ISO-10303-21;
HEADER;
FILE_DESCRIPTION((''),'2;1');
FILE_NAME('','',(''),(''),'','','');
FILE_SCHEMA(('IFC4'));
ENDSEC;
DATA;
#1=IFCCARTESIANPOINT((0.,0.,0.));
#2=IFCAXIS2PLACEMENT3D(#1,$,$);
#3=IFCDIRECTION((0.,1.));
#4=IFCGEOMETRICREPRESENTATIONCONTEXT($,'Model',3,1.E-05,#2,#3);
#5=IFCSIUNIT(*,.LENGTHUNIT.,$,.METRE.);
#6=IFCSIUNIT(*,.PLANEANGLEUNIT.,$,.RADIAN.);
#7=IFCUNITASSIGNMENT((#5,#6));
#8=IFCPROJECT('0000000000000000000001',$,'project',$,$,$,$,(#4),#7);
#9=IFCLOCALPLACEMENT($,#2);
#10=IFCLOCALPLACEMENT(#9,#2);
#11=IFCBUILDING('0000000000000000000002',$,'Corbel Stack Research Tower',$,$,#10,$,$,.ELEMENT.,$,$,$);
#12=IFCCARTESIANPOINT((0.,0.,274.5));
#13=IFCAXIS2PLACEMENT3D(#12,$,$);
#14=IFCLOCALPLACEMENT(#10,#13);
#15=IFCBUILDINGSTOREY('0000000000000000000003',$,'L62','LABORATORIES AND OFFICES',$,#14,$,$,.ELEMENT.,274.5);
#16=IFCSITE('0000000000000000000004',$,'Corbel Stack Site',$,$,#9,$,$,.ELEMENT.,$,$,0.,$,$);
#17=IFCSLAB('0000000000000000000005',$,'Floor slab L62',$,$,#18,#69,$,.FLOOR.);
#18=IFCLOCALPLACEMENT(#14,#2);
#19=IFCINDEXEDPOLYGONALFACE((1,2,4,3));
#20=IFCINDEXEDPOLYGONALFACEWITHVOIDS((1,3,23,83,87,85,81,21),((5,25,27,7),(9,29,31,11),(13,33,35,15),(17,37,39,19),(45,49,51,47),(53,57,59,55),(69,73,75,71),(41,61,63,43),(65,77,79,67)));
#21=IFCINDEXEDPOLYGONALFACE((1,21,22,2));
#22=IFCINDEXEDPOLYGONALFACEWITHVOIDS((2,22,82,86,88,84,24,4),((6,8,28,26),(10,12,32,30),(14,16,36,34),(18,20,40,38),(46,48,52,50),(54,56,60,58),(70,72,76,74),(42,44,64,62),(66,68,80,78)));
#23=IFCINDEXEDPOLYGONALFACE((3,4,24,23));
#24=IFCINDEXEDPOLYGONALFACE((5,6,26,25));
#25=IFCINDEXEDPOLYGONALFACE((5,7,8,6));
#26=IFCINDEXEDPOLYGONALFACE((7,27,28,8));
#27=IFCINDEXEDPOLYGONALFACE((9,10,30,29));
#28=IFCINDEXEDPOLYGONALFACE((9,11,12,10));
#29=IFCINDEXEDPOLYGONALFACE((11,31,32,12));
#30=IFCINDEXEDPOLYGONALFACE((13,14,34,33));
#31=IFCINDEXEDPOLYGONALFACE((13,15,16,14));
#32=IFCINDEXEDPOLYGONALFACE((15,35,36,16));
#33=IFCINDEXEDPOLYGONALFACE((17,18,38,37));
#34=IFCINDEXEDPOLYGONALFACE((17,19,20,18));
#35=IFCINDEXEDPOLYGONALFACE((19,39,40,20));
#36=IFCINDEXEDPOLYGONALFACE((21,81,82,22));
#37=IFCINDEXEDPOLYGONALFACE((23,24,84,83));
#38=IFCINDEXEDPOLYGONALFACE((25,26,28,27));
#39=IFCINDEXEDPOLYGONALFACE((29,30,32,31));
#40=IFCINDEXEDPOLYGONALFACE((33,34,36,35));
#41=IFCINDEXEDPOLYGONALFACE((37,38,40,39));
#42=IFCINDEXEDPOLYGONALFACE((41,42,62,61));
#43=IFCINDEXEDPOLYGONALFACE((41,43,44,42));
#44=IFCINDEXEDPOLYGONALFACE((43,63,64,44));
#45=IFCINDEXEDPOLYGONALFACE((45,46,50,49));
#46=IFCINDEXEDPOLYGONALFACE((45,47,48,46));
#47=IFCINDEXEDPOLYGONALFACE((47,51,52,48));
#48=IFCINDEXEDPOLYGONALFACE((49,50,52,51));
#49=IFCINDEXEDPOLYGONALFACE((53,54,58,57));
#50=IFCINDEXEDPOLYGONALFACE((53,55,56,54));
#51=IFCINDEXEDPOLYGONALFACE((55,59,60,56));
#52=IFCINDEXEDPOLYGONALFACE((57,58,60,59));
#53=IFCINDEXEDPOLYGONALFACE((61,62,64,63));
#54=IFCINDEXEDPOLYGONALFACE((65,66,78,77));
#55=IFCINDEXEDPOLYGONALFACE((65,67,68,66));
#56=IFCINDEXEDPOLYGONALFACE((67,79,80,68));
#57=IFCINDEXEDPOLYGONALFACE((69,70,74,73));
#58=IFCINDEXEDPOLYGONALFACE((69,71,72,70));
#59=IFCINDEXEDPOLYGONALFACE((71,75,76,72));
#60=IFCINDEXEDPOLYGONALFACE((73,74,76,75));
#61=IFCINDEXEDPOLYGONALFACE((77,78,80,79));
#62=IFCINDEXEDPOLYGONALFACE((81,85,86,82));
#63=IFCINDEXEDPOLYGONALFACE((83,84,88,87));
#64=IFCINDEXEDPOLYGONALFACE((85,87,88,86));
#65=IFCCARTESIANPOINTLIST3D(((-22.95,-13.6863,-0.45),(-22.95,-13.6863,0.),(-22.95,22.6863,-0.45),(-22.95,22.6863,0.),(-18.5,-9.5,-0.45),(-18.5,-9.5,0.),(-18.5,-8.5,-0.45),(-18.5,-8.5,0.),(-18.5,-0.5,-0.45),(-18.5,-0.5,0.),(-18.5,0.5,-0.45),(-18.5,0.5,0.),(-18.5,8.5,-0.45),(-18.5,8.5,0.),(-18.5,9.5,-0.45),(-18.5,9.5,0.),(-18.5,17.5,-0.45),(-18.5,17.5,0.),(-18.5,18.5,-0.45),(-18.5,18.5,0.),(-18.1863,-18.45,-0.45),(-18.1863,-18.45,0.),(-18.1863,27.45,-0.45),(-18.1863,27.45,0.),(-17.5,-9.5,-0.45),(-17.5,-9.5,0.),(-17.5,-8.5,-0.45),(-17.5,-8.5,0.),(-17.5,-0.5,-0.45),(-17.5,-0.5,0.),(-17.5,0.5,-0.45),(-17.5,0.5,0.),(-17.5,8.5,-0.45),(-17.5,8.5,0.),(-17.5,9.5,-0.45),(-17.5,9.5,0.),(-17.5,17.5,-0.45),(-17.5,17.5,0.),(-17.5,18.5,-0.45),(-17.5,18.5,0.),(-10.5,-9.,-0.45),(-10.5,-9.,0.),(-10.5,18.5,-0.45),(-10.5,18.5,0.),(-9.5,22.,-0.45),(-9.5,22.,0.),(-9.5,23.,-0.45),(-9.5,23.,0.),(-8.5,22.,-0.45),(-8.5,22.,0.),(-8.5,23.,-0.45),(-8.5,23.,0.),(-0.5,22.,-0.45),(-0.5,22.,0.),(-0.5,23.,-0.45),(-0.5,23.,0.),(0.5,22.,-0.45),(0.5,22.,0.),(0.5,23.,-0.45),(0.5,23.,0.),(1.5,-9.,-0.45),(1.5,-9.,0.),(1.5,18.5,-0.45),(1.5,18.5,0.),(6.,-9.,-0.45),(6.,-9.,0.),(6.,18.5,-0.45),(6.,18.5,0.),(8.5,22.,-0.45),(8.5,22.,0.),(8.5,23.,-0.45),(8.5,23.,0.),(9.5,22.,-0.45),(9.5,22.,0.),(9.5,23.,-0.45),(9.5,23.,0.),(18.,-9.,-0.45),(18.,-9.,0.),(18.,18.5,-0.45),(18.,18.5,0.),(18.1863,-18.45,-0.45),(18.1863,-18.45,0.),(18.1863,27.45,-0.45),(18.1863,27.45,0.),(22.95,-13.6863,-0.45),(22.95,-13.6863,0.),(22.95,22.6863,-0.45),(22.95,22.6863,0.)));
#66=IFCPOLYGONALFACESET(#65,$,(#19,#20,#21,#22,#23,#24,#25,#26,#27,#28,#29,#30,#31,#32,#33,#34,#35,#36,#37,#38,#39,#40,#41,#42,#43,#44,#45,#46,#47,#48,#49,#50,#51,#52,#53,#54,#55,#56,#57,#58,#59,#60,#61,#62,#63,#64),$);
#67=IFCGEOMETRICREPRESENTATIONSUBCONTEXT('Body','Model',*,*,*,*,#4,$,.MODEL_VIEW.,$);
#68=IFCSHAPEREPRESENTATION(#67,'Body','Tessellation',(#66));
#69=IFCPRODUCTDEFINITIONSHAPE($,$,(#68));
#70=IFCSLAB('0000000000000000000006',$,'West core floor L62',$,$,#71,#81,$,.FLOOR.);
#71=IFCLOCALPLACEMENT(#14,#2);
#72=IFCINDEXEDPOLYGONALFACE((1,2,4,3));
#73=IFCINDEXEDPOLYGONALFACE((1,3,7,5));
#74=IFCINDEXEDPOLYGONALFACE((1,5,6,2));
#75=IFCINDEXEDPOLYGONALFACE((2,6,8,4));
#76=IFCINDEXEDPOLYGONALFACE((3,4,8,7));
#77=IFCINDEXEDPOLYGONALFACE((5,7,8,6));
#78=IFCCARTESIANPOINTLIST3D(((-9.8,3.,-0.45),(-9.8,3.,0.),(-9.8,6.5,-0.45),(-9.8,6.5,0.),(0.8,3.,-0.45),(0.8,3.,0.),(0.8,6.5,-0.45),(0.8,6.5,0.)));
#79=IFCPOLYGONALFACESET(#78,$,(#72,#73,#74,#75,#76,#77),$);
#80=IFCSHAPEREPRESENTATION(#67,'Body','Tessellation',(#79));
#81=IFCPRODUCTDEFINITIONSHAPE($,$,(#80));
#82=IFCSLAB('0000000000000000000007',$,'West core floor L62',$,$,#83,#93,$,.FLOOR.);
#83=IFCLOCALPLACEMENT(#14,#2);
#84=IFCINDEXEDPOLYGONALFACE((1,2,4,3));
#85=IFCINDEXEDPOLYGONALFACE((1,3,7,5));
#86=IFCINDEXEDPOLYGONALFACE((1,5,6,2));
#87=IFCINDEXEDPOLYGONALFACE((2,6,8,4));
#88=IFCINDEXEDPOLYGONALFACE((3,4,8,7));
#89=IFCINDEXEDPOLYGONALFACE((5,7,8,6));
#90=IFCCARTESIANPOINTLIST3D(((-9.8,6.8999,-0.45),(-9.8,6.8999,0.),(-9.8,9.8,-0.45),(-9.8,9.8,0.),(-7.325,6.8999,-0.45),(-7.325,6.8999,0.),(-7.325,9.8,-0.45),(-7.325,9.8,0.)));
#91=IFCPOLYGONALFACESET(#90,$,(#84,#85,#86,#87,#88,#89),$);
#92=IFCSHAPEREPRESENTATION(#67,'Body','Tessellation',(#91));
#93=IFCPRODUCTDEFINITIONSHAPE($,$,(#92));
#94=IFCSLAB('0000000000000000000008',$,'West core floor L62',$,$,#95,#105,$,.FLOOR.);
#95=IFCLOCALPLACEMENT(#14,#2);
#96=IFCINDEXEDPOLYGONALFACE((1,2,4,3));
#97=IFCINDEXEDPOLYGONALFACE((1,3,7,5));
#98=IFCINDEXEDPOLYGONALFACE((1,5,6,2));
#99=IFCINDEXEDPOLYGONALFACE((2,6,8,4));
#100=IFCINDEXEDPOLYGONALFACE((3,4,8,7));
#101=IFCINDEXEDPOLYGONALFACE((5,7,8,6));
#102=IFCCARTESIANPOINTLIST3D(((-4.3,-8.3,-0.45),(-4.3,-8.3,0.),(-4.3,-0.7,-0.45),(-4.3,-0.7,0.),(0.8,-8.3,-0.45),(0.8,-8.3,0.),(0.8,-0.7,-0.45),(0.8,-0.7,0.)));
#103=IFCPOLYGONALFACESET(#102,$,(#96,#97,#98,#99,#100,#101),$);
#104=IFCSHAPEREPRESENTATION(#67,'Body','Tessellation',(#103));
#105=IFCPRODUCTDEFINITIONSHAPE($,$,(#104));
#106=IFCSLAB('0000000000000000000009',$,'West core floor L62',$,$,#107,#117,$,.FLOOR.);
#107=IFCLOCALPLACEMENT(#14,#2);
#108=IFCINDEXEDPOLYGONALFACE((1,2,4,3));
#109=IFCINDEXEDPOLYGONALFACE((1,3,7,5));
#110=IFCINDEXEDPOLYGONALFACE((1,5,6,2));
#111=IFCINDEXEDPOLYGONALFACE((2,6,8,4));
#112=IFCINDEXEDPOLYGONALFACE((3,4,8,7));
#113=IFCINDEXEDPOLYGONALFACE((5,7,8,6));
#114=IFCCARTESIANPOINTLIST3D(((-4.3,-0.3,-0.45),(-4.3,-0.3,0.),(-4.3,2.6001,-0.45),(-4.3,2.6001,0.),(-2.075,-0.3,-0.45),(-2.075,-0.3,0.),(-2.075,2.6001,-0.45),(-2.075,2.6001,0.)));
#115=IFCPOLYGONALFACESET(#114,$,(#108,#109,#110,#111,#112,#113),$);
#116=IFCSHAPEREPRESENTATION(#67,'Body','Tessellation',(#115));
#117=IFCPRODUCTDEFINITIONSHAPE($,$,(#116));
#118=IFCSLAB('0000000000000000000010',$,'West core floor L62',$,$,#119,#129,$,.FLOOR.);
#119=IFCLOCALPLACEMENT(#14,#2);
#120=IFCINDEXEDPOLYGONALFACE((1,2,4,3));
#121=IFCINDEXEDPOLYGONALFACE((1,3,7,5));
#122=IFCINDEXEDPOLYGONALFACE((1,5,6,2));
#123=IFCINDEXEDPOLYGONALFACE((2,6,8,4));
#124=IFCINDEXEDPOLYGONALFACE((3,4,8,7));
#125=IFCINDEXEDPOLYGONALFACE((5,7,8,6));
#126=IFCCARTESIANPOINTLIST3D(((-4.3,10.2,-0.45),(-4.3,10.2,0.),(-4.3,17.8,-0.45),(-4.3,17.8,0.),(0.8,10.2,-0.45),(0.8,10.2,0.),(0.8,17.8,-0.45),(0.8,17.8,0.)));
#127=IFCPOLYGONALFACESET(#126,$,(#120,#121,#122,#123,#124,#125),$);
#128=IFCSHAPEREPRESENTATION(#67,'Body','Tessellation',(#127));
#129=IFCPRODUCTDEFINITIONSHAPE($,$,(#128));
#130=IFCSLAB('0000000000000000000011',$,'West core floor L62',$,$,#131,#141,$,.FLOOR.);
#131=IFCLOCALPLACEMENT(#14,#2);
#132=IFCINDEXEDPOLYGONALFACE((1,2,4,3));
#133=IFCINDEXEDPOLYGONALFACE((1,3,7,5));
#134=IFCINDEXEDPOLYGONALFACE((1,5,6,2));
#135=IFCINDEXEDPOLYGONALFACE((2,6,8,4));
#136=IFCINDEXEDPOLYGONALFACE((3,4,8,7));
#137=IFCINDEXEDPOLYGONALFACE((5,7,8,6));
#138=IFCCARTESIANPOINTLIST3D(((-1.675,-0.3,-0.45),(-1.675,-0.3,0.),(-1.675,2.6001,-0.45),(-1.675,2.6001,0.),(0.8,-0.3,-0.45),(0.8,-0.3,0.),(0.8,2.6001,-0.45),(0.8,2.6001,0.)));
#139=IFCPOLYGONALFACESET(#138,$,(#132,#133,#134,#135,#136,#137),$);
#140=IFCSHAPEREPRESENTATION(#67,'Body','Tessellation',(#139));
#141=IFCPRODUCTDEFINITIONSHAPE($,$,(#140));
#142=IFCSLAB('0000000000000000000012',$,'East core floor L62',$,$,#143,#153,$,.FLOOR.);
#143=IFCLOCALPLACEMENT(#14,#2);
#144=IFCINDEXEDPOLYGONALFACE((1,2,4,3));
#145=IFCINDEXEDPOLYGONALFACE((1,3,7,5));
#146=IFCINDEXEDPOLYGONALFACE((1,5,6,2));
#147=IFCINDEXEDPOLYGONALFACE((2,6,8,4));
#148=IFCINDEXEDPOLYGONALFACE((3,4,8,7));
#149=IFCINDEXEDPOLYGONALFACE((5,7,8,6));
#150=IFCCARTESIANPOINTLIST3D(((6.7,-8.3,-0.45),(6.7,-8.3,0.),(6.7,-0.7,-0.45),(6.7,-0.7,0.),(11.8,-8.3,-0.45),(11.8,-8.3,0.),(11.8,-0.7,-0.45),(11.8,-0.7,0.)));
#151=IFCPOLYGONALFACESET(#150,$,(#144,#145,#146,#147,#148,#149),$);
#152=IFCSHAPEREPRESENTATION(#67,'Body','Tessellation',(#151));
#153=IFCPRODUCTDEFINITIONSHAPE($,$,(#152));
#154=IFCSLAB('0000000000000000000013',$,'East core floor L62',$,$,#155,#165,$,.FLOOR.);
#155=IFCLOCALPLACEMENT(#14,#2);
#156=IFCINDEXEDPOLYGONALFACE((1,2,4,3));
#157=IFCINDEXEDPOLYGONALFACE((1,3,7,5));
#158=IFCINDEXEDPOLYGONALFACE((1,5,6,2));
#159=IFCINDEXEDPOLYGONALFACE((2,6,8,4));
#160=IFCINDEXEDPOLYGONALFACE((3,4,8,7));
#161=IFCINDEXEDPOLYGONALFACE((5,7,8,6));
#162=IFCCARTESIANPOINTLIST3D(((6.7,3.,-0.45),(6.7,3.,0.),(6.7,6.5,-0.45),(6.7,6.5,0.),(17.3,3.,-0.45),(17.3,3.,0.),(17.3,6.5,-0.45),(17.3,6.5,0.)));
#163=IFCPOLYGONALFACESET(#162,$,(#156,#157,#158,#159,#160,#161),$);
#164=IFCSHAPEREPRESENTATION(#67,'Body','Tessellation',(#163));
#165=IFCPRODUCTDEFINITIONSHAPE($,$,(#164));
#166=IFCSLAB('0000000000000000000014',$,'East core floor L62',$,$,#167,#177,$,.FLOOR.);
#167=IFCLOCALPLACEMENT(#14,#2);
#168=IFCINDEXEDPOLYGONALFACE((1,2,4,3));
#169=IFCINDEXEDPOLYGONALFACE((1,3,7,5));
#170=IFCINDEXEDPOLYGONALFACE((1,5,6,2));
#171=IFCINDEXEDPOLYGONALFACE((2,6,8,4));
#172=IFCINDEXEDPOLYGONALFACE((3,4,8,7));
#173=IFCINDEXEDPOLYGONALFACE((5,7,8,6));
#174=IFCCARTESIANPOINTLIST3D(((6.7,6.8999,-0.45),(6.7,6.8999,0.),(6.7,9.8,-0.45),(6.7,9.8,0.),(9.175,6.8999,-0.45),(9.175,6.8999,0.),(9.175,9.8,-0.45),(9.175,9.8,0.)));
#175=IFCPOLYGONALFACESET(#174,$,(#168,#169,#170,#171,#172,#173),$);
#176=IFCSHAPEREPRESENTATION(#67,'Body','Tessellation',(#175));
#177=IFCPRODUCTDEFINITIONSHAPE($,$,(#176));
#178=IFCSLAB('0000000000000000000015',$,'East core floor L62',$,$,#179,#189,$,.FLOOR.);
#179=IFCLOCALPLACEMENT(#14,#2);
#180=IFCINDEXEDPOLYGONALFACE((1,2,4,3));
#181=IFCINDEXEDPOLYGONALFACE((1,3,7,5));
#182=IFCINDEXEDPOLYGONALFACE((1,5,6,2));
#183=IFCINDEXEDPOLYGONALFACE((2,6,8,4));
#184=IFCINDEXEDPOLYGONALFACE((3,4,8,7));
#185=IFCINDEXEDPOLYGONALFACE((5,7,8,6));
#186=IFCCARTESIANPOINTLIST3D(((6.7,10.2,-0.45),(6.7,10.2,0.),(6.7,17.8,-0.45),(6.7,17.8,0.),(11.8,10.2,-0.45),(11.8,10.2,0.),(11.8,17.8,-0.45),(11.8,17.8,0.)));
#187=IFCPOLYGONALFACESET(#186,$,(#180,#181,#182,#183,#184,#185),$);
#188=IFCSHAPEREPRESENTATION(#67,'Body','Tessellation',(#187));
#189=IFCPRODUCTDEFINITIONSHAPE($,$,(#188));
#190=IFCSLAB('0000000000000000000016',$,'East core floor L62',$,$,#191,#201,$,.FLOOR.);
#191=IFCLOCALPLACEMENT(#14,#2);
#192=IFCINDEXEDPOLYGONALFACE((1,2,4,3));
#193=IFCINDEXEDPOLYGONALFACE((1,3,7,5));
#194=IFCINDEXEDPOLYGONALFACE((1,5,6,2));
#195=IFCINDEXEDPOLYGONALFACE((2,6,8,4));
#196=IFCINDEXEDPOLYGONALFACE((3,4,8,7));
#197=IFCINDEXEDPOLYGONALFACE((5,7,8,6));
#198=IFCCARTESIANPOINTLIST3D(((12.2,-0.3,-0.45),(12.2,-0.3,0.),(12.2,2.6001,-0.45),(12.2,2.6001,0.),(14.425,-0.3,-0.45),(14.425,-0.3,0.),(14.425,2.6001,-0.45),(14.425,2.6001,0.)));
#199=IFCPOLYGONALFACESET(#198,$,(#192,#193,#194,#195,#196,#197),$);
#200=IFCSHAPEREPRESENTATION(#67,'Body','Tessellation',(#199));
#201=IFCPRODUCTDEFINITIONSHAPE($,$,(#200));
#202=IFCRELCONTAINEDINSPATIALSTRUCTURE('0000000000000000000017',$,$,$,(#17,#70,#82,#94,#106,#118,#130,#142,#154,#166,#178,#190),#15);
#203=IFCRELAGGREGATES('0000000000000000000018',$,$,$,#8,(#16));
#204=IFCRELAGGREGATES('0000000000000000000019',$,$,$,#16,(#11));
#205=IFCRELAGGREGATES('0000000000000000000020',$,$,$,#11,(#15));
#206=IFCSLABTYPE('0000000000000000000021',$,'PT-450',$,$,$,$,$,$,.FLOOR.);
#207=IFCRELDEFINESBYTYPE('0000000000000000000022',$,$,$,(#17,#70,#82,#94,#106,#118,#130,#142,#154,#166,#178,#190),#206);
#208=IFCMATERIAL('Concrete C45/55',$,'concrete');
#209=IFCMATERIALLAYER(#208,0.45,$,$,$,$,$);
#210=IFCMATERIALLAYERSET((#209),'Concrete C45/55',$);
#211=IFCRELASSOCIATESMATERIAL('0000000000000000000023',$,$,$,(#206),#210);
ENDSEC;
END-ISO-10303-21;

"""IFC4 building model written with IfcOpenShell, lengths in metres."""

from ifc_helpers import new_model, si_unit, direction, frame, origin, place, context, subcontext, project, spatial, polyline, outline, extrude, material, layer, layer_set, type_object, element, save


model = new_model("IFC4")

# Units and contexts
model_context = context("Model", 3, precision=1e-05, world=origin(), true_north=direction((0.0, 1.0)))
body_context = subcontext(model_context, "Body", "Model", "MODEL_VIEW")
ifc_project = project(units=[si_unit("LENGTHUNIT", "METRE"), si_unit("PLANEANGLEUNIT", "RADIAN")], contexts=[model_context])

# Site, building, storey
site_placement = place(None, origin())
site = spatial("IfcSite", under=ifc_project, at=site_placement, Name="Corbel Stack Site", CompositionType="ELEMENT", RefElevation=0.0)
building_placement = place(site_placement, origin())
building = spatial("IfcBuilding", under=site, at=building_placement, Name="Corbel Stack Research Tower", CompositionType="ELEMENT")
storey_placement = place(building_placement, frame((0.0, 0.0, 274.5)))
storey = spatial("IfcBuildingStorey", under=building, at=storey_placement, Name="L62", Description="LABORATORIES AND OFFICES", CompositionType="ELEMENT", Elevation=274.5)

# Slabs
ifc_material_1 = material(Name="Concrete C45/55", Category="concrete")
ifc_layer_1 = layer(ifc_material_1, 0.45)
ifc_layer_set_1 = layer_set([ifc_layer_1], Name="Concrete C45/55")
slab_type = type_object("IfcSlabType", Name="PT-450", PredefinedType="FLOOR", material=ifc_layer_set_1)
slab_1_placement = place(storey_placement, frame((0.0, 0.0, -0.45)))
element("IfcSlab", 1, at=slab_1_placement, inside=storey, type_object=slab_type, Name="Floor slab L62", PredefinedType="FLOOR", context=body_context, shape_type="SweptSolid", body=[
    extrude(outline(polyline([(-18.1863, -18.45), (18.1863, -18.45), (22.95, -13.6863), (22.95, 22.6863), (18.1863, 27.45), (-18.1863, 27.45), (-22.95, 22.6863), (-22.95, -13.6863), (-18.1863, -18.45)]), holes=[polyline([(18.0, 18.5), (18.0, -9.0), (6.0, -9.0), (6.0, 18.5), (18.0, 18.5)]), polyline([(9.5, 22.0), (8.5, 22.0), (8.5, 23.0), (9.5, 23.0), (9.5, 22.0)]), polyline([(1.5, 18.5), (1.5, -9.0), (-10.5, -9.0), (-10.5, 18.5), (1.5, 18.5)]), polyline([(0.5, 22.0), (-0.5, 22.0), (-0.5, 23.0), (0.5, 23.0), (0.5, 22.0)]), polyline([(-8.5, 23.0), (-8.5, 22.0), (-9.5, 22.0), (-9.5, 23.0), (-8.5, 23.0)]), polyline([(-17.5, -8.5), (-17.5, -9.5), (-18.5, -9.5), (-18.5, -8.5), (-17.5, -8.5)]), polyline([(-17.5, 0.5), (-17.5, -0.5), (-18.5, -0.5), (-18.5, 0.5), (-17.5, 0.5)]), polyline([(-17.5, 9.5), (-17.5, 8.5), (-18.5, 8.5), (-18.5, 9.5), (-17.5, 9.5)]), polyline([(-17.5, 18.5), (-17.5, 17.5), (-18.5, 17.5), (-18.5, 18.5), (-17.5, 18.5)])]), origin(), (0.0, 0.0, 1.0), 0.45),
])
slab_2_placement = place(storey_placement, frame((0.0, 0.0, -0.45)))
element("IfcSlab", 2, at=slab_2_placement, inside=storey, type_object=slab_type, Name="West core floor L62", PredefinedType="FLOOR", context=body_context, shape_type="SweptSolid", body=[
    extrude(outline(polyline([(-9.8, 6.5), (-9.8, 3.0), (0.8, 3.0), (0.8, 6.5), (-9.8, 6.5)])), origin(), (0.0, 0.0, 1.0), 0.45),
])
slab_3_placement = place(storey_placement, frame((0.0, 0.0, -0.45)))
element("IfcSlab", 3, at=slab_3_placement, inside=storey, type_object=slab_type, Name="West core floor L62", PredefinedType="FLOOR", context=body_context, shape_type="SweptSolid", body=[
    extrude(outline(polyline([(-9.8, 6.8999), (-7.325, 6.8999), (-7.325, 9.8), (-9.8, 9.8), (-9.8, 6.8999)])), origin(), (0.0, 0.0, 1.0), 0.45),
])
slab_4_placement = place(storey_placement, frame((0.0, 0.0, -0.45)))
element("IfcSlab", 4, at=slab_4_placement, inside=storey, type_object=slab_type, Name="West core floor L62", PredefinedType="FLOOR", context=body_context, shape_type="SweptSolid", body=[
    extrude(outline(polyline([(-4.3, -0.7), (-4.3, -8.3), (0.8, -8.3), (0.8, -0.7), (-4.3, -0.7)])), origin(), (0.0, 0.0, 1.0), 0.45),
])
slab_5_placement = place(storey_placement, frame((0.0, 0.0, -0.45)))
element("IfcSlab", 5, at=slab_5_placement, inside=storey, type_object=slab_type, Name="West core floor L62", PredefinedType="FLOOR", context=body_context, shape_type="SweptSolid", body=[
    extrude(outline(polyline([(-4.3, 2.6001), (-4.3, -0.3), (-2.075, -0.3), (-2.075, 2.6001), (-4.3, 2.6001)])), origin(), (0.0, 0.0, 1.0), 0.45),
])
slab_6_placement = place(storey_placement, frame((0.0, 0.0, -0.45)))
element("IfcSlab", 6, at=slab_6_placement, inside=storey, type_object=slab_type, Name="West core floor L62", PredefinedType="FLOOR", context=body_context, shape_type="SweptSolid", body=[
    extrude(outline(polyline([(-4.3, 17.8), (-4.3, 10.2), (0.8, 10.2), (0.8, 17.8), (-4.3, 17.8)])), origin(), (0.0, 0.0, 1.0), 0.45),
])
slab_7_placement = place(storey_placement, frame((0.0, 0.0, -0.45)))
element("IfcSlab", 7, at=slab_7_placement, inside=storey, type_object=slab_type, Name="West core floor L62", PredefinedType="FLOOR", context=body_context, shape_type="SweptSolid", body=[
    extrude(outline(polyline([(-1.675, 2.6001), (-1.675, -0.3), (0.8, -0.3), (0.8, 2.6001), (-1.675, 2.6001)])), origin(), (0.0, 0.0, 1.0), 0.45),
])
slab_8_placement = place(storey_placement, frame((0.0, 0.0, -0.45)))
element("IfcSlab", 8, at=slab_8_placement, inside=storey, type_object=slab_type, Name="East core floor L62", PredefinedType="FLOOR", context=body_context, shape_type="SweptSolid", body=[
    extrude(outline(polyline([(6.7, -8.3), (11.8, -8.3), (11.8, -0.7), (6.7, -0.7), (6.7, -8.3)])), origin(), (0.0, 0.0, 1.0), 0.45),
])
slab_9_placement = place(storey_placement, frame((0.0, 0.0, -0.45)))
element("IfcSlab", 9, at=slab_9_placement, inside=storey, type_object=slab_type, Name="East core floor L62", PredefinedType="FLOOR", context=body_context, shape_type="SweptSolid", body=[
    extrude(outline(polyline([(6.7, 3.0), (17.3, 3.0), (17.3, 6.5), (6.7, 6.5), (6.7, 3.0)])), origin(), (0.0, 0.0, 1.0), 0.45),
])
slab_10_placement = place(storey_placement, frame((0.0, 0.0, -0.45)))
element("IfcSlab", 10, at=slab_10_placement, inside=storey, type_object=slab_type, Name="East core floor L62", PredefinedType="FLOOR", context=body_context, shape_type="SweptSolid", body=[
    extrude(outline(polyline([(6.7, 6.8999), (9.175, 6.8999), (9.175, 9.8), (6.7, 9.8), (6.7, 6.8999)])), origin(), (0.0, 0.0, 1.0), 0.45),
])
slab_11_placement = place(storey_placement, frame((0.0, 0.0, -0.45)))
element("IfcSlab", 11, at=slab_11_placement, inside=storey, type_object=slab_type, Name="East core floor L62", PredefinedType="FLOOR", context=body_context, shape_type="SweptSolid", body=[
    extrude(outline(polyline([(6.7, 10.2), (11.8, 10.2), (11.8, 17.8), (6.7, 17.8), (6.7, 10.2)])), origin(), (0.0, 0.0, 1.0), 0.45),
])
slab_12_placement = place(storey_placement, frame((0.0, 0.0, -0.45)))
element("IfcSlab", 12, at=slab_12_placement, inside=storey, type_object=slab_type, Name="East core floor L62", PredefinedType="FLOOR", context=body_context, shape_type="SweptSolid", body=[
    extrude(outline(polyline([(12.2, 2.6001), (12.2, -0.3), (14.425, -0.3), (14.425, 2.6001), (12.2, 2.6001)])), origin(), (0.0, 0.0, 1.0), 0.45),
])

save(model, "model.ifc")
